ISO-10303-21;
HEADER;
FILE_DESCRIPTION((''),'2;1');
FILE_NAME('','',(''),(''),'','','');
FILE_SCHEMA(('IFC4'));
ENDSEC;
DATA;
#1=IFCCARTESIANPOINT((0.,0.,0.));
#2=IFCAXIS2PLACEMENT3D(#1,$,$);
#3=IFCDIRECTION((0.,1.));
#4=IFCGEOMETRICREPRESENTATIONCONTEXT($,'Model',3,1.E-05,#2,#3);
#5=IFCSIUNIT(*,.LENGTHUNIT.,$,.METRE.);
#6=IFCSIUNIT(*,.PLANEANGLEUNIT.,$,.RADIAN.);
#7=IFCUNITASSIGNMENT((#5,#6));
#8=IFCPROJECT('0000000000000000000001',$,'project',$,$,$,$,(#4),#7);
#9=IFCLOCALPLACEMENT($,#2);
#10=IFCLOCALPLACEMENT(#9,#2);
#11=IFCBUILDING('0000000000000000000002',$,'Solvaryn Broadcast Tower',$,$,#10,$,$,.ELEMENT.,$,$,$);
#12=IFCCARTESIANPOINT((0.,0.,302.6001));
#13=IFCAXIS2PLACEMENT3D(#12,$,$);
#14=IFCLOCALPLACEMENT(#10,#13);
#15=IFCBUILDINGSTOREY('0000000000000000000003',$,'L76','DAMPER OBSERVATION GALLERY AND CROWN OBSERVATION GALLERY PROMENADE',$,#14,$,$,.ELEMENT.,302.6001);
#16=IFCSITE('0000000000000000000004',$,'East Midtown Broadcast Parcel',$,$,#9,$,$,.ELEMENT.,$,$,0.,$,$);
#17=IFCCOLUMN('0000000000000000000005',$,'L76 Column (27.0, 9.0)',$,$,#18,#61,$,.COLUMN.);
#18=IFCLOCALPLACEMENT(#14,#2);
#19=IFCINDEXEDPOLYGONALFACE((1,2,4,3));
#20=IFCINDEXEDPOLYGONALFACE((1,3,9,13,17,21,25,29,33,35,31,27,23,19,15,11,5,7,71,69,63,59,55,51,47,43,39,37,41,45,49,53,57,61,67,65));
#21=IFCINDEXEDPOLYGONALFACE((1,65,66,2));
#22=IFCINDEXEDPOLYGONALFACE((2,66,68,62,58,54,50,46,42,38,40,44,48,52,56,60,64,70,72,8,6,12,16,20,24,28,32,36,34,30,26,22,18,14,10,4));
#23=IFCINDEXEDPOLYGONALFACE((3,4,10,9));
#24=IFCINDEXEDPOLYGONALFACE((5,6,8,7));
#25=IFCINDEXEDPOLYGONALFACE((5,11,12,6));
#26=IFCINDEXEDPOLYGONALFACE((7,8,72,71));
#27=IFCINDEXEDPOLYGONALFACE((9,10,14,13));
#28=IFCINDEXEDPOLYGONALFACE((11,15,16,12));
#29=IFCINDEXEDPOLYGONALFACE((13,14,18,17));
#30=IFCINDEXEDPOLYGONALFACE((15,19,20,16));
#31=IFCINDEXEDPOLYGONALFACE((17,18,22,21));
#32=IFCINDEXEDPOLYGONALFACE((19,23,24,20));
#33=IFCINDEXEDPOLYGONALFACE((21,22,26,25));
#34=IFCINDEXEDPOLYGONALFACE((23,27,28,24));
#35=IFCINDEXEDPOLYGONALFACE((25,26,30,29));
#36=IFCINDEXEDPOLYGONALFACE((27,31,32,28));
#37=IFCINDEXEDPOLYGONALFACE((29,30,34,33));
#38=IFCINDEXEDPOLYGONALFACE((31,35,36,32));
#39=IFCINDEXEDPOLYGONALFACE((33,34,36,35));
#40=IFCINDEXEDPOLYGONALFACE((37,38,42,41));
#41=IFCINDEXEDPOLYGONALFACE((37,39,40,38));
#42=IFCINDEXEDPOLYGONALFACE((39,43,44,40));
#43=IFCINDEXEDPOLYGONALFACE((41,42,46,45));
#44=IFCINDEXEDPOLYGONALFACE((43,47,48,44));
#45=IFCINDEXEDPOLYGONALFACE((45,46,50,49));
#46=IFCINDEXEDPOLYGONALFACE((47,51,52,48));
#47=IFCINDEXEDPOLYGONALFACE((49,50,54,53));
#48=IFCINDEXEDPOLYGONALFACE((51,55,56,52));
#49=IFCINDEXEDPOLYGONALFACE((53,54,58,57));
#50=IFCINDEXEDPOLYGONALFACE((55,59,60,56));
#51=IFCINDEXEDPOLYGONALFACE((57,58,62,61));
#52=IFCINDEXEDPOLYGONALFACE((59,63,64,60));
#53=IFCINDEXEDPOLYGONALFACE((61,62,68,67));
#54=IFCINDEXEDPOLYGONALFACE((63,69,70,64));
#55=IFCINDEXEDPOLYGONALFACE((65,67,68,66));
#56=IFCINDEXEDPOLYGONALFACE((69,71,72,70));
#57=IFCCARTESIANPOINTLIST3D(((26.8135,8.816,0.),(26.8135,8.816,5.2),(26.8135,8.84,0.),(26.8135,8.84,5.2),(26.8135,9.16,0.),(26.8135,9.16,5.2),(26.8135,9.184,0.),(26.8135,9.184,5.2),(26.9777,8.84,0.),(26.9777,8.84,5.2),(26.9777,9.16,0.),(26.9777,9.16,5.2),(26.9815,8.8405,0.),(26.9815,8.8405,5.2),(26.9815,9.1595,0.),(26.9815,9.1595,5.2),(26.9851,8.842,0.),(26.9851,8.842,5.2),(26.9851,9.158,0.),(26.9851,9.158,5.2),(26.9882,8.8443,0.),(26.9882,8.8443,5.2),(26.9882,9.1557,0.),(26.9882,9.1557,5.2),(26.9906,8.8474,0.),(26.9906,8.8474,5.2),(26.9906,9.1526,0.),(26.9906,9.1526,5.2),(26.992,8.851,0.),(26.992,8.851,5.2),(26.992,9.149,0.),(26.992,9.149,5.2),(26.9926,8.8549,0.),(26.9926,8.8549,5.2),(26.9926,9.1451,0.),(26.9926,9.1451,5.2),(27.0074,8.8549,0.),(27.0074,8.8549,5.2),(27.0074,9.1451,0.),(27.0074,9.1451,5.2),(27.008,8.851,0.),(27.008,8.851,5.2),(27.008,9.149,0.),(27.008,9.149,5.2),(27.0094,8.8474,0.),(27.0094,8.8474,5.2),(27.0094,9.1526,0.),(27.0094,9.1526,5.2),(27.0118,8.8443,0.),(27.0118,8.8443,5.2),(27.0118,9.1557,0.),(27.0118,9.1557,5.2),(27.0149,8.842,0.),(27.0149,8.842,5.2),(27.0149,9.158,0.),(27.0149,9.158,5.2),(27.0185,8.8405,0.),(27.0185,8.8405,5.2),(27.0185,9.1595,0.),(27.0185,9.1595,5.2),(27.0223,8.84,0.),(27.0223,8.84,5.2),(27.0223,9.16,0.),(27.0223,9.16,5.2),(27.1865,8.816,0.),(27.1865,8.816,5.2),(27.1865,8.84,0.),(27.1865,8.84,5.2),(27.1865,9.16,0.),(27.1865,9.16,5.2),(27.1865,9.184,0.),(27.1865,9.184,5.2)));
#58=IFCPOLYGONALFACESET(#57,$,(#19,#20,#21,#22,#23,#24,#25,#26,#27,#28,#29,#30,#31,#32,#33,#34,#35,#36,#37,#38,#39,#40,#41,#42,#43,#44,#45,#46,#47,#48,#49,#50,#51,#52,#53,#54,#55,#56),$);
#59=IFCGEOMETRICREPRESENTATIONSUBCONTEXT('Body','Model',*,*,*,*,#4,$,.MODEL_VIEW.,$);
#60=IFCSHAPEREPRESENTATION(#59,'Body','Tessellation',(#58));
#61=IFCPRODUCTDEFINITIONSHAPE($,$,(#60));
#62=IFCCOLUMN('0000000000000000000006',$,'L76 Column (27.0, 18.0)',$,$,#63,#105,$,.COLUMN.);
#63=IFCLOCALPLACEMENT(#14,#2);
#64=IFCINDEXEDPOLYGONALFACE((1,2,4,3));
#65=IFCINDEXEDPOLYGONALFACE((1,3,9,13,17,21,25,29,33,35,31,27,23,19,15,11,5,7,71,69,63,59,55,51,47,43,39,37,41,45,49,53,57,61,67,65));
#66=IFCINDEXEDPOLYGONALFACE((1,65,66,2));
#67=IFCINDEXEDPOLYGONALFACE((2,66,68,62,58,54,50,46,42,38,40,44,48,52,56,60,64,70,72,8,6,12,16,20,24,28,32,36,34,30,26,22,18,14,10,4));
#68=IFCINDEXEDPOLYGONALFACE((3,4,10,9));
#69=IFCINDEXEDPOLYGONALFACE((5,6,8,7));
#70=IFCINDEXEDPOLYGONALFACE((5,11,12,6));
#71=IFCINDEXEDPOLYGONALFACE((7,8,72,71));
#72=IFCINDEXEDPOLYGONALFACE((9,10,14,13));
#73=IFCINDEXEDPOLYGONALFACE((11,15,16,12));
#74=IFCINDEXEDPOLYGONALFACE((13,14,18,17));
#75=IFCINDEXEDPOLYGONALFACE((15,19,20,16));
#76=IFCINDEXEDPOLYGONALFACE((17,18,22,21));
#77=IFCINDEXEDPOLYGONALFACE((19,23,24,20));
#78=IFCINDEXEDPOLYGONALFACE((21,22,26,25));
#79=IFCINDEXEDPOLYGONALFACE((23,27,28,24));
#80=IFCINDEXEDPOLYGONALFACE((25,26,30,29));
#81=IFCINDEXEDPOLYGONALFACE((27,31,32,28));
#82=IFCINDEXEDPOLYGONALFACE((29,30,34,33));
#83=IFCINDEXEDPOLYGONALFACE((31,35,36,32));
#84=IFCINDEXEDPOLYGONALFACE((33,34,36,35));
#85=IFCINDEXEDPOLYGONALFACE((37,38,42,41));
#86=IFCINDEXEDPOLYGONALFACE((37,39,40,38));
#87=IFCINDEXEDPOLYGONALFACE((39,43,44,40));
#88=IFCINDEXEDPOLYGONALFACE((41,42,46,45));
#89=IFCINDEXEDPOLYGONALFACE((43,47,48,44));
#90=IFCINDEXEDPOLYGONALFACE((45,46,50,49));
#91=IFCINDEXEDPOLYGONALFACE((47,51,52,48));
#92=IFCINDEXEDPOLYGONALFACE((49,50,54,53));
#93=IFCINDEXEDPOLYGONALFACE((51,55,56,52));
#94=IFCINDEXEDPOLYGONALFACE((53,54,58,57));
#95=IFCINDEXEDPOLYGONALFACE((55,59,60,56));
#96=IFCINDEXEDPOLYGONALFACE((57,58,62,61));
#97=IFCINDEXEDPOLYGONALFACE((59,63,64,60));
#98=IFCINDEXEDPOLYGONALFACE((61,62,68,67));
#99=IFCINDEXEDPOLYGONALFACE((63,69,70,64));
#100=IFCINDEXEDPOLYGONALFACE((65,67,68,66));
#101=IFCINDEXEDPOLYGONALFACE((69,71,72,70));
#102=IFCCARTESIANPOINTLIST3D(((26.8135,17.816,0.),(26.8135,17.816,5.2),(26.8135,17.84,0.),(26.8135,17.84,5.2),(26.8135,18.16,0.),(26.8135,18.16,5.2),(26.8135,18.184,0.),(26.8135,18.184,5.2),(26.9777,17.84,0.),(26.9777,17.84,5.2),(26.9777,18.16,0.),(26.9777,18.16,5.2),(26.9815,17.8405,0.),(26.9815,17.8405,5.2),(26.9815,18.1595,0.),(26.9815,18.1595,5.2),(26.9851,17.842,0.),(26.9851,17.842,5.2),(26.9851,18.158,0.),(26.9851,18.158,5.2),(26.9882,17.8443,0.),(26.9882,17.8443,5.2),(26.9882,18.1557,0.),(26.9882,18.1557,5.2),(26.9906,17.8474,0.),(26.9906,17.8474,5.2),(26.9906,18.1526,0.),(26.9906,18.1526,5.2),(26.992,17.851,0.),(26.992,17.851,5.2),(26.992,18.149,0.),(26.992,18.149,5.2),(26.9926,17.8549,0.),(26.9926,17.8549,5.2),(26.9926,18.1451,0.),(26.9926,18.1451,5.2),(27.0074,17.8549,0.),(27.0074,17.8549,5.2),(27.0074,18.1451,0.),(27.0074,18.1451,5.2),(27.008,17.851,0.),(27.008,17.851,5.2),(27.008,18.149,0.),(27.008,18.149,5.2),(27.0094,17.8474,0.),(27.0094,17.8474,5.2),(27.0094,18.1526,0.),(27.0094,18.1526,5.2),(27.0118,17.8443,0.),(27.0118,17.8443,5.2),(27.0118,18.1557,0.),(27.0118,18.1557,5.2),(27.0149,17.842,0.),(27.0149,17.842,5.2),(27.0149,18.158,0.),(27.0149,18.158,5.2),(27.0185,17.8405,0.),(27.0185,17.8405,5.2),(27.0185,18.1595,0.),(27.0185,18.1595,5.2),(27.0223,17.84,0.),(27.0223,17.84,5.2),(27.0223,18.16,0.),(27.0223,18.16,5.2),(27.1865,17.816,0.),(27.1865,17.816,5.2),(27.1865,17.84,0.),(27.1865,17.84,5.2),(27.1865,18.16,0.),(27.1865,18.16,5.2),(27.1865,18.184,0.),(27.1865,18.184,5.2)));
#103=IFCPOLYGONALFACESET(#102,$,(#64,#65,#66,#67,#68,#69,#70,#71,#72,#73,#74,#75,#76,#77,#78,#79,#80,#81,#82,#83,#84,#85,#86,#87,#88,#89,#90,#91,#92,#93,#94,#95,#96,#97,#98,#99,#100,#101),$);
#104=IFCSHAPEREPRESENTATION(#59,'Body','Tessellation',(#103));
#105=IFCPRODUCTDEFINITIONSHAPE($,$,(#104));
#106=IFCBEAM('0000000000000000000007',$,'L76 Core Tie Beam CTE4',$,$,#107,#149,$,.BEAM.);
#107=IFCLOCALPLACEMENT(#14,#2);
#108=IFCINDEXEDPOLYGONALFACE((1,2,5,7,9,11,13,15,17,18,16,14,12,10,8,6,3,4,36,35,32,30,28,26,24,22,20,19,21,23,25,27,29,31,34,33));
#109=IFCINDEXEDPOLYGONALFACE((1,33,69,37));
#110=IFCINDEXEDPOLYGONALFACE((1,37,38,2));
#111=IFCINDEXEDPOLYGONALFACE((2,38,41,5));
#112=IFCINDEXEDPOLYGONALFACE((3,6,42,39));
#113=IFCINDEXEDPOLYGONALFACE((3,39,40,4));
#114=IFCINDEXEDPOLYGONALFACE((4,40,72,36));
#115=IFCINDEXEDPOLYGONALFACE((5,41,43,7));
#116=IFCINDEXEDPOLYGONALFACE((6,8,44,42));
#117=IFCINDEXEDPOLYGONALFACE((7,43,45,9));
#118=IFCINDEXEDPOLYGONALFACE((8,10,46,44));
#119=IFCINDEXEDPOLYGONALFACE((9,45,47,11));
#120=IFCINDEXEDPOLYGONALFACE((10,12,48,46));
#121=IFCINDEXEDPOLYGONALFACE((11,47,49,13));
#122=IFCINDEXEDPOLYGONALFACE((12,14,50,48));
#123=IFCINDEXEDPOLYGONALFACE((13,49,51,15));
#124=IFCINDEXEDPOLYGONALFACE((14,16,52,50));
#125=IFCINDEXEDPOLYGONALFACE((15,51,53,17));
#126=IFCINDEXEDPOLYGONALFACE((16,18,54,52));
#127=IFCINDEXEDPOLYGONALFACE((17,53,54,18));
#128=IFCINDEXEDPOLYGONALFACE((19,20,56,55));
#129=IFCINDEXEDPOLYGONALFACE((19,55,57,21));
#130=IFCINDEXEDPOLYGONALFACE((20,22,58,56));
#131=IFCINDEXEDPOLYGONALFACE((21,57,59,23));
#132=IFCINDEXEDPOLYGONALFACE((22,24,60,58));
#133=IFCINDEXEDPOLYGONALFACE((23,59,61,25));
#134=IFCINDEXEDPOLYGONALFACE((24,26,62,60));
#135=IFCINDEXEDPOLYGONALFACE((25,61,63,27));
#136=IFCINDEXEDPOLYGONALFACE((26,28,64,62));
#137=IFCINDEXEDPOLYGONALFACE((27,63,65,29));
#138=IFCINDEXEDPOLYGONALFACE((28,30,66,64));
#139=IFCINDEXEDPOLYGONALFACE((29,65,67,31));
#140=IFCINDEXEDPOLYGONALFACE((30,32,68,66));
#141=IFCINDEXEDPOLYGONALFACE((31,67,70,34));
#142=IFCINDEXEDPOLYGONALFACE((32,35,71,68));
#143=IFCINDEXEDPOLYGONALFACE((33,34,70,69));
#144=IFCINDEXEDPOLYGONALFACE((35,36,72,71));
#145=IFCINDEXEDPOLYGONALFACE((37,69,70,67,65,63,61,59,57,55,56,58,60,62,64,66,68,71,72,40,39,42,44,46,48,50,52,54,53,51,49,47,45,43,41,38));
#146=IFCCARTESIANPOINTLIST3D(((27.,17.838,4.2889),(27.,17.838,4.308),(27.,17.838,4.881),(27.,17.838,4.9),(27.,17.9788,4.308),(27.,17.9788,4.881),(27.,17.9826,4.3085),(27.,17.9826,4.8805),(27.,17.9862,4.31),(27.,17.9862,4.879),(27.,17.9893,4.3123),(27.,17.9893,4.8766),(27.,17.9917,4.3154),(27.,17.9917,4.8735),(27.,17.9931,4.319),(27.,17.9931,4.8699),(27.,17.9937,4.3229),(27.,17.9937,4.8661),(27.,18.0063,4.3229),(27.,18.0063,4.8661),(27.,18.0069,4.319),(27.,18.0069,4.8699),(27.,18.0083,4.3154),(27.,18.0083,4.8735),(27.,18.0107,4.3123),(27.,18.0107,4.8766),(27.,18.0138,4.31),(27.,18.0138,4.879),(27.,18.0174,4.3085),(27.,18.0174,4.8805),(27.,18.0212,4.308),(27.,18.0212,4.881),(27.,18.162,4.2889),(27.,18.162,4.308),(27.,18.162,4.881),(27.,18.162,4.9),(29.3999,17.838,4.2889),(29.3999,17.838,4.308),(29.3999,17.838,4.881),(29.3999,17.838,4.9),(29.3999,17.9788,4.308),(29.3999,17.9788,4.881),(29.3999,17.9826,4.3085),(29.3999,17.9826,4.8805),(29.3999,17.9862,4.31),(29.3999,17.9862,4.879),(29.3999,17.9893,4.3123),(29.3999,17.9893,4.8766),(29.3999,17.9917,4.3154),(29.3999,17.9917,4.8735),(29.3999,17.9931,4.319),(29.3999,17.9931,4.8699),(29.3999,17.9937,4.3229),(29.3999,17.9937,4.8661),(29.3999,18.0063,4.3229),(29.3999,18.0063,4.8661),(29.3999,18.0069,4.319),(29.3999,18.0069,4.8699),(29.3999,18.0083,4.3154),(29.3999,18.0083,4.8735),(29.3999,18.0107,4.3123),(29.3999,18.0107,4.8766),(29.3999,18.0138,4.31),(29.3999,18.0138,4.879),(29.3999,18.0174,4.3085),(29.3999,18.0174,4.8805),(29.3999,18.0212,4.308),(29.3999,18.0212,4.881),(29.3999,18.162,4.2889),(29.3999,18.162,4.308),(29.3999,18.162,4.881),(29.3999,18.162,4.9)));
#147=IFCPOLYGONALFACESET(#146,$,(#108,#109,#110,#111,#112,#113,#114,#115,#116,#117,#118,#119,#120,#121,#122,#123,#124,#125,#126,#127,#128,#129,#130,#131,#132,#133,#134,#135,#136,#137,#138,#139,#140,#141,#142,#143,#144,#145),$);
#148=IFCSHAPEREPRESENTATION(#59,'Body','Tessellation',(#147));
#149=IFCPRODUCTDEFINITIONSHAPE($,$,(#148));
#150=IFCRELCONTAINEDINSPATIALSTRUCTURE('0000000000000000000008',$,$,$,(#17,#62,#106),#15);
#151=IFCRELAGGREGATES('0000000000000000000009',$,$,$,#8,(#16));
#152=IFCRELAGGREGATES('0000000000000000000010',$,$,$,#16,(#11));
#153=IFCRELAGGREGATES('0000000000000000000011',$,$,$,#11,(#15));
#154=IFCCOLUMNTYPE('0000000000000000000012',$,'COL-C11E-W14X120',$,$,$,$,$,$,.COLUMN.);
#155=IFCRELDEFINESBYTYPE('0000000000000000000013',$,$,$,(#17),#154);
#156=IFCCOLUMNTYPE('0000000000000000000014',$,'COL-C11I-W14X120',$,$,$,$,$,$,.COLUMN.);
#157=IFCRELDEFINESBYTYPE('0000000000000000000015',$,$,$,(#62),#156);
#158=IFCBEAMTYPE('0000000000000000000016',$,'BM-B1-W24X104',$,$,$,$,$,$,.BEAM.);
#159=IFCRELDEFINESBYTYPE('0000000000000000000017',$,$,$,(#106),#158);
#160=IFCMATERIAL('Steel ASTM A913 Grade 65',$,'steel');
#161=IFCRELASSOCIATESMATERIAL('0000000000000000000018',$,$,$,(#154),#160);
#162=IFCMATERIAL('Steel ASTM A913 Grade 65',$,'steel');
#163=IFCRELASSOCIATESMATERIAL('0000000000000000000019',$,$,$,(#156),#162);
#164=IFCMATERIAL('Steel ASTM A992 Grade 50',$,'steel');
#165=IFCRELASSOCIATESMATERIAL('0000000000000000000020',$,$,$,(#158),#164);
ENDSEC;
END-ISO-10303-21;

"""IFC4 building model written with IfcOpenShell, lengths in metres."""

from ifc_helpers import new_model, si_unit, direction, frame, origin, origin_2d, place, context, subcontext, project, spatial, i_section, extrude, material, material_profile, profile_set, type_object, element, save


model = new_model("IFC4")

# Units and contexts
model_context = context("Model", 3, precision=1e-05, world=origin(), true_north=direction((0.0, 1.0)))
body_context = subcontext(model_context, "Body", "Model", "MODEL_VIEW")
ifc_project = project(units=[si_unit("LENGTHUNIT", "METRE"), si_unit("PLANEANGLEUNIT", "RADIAN")], contexts=[model_context])

# Site, building, storey
site_placement = place(None, origin())
site = spatial("IfcSite", under=ifc_project, at=site_placement, Name="East Midtown Broadcast Parcel", CompositionType="ELEMENT", RefElevation=0.0)
building_placement = place(site_placement, origin())
building = spatial("IfcBuilding", under=site, at=building_placement, Name="Solvaryn Broadcast Tower", CompositionType="ELEMENT")
storey_placement = place(building_placement, frame((0.0, 0.0, 302.6001)))
storey = spatial("IfcBuildingStorey", under=building, at=storey_placement, Name="L76", Description="DAMPER OBSERVATION GALLERY AND CROWN OBSERVATION GALLERY PROMENADE", CompositionType="ELEMENT", Elevation=302.6001)

# Columns
ifc_material_1 = material(Name="Steel ASTM A913 Grade 65", Category="steel")
ifc_material_profile_1 = material_profile(ifc_material_1, i_section(OverallWidth=0.373, OverallDepth=0.3679, WebThickness=0.0149, FlangeThickness=0.0239, FilletRadius=0.0149, at=origin_2d()))
ifc_profile_set_1 = profile_set([ifc_material_profile_1], Name="Steel ASTM A913 Grade 65")
column_type_1 = type_object("IfcColumnType", Name="COL-C11E-W14X120", PredefinedType="COLUMN", material=ifc_profile_set_1)
column_1_placement = place(storey_placement, frame((27.0, 9.0, 0.0), z_axis=(0.0, 0.0, 1.0), x_axis=(1.0, 0.0, 0.0)))
element("IfcColumn", 1, at=column_1_placement, inside=storey, type_object=column_type_1, Name="L76 Column (27.0, 9.0)", PredefinedType="COLUMN", context=body_context, shape_type="SweptSolid", body=[
    extrude(i_section(OverallWidth=0.373, OverallDepth=0.3679, WebThickness=0.0149, FlangeThickness=0.0239, FilletRadius=0.0149, at=origin_2d()), origin(), (0.0, 0.0, 1.0), 5.2),
])
ifc_material_2 = material(Name="Steel ASTM A913 Grade 65", Category="steel")
ifc_material_profile_2 = material_profile(ifc_material_2, i_section(OverallWidth=0.373, OverallDepth=0.3679, WebThickness=0.0149, FlangeThickness=0.0239, FilletRadius=0.0149, at=origin_2d()))
ifc_profile_set_2 = profile_set([ifc_material_profile_2], Name="Steel ASTM A913 Grade 65")
column_type_2 = type_object("IfcColumnType", Name="COL-C11I-W14X120", PredefinedType="COLUMN", material=ifc_profile_set_2)
column_2_placement = place(storey_placement, frame((27.0, 18.0, 0.0), z_axis=(0.0, 0.0, 1.0), x_axis=(1.0, 0.0, 0.0)))
element("IfcColumn", 2, at=column_2_placement, inside=storey, type_object=column_type_2, Name="L76 Column (27.0, 18.0)", PredefinedType="COLUMN", context=body_context, shape_type="SweptSolid", body=[
    extrude(i_section(OverallWidth=0.373, OverallDepth=0.3679, WebThickness=0.0149, FlangeThickness=0.0239, FilletRadius=0.0149, at=origin_2d()), origin(), (0.0, 0.0, 1.0), 5.2),
])

# Beam
ifc_material_3 = material(Name="Steel ASTM A992 Grade 50", Category="steel")
ifc_material_profile_3 = material_profile(ifc_material_3, i_section(OverallWidth=0.324, OverallDepth=0.6111, WebThickness=0.0127, FlangeThickness=0.019, FilletRadius=0.0149, at=origin_2d()))
ifc_profile_set_3 = profile_set([ifc_material_profile_3], Name="Steel ASTM A992 Grade 50")
beam_type_1 = type_object("IfcBeamType", Name="BM-B1-W24X104", PredefinedType="BEAM", material=ifc_profile_set_3)
beam_1_placement = place(storey_placement, frame((27.0, 18.0, 4.5945), z_axis=(1.0, 0.0, 0.0), x_axis=(0.0, 1.0, 0.0)))
element("IfcBeam", 3, at=beam_1_placement, inside=storey, type_object=beam_type_1, Name="L76 Core Tie Beam CTE4", PredefinedType="BEAM", context=body_context, shape_type="SweptSolid", body=[
    extrude(i_section(OverallWidth=0.324, OverallDepth=0.6111, WebThickness=0.0127, FlangeThickness=0.019, FilletRadius=0.0149, at=origin_2d()), origin(), (0.0, 0.0, 1.0), 2.3999),
])

save(model, "model.ifc")
